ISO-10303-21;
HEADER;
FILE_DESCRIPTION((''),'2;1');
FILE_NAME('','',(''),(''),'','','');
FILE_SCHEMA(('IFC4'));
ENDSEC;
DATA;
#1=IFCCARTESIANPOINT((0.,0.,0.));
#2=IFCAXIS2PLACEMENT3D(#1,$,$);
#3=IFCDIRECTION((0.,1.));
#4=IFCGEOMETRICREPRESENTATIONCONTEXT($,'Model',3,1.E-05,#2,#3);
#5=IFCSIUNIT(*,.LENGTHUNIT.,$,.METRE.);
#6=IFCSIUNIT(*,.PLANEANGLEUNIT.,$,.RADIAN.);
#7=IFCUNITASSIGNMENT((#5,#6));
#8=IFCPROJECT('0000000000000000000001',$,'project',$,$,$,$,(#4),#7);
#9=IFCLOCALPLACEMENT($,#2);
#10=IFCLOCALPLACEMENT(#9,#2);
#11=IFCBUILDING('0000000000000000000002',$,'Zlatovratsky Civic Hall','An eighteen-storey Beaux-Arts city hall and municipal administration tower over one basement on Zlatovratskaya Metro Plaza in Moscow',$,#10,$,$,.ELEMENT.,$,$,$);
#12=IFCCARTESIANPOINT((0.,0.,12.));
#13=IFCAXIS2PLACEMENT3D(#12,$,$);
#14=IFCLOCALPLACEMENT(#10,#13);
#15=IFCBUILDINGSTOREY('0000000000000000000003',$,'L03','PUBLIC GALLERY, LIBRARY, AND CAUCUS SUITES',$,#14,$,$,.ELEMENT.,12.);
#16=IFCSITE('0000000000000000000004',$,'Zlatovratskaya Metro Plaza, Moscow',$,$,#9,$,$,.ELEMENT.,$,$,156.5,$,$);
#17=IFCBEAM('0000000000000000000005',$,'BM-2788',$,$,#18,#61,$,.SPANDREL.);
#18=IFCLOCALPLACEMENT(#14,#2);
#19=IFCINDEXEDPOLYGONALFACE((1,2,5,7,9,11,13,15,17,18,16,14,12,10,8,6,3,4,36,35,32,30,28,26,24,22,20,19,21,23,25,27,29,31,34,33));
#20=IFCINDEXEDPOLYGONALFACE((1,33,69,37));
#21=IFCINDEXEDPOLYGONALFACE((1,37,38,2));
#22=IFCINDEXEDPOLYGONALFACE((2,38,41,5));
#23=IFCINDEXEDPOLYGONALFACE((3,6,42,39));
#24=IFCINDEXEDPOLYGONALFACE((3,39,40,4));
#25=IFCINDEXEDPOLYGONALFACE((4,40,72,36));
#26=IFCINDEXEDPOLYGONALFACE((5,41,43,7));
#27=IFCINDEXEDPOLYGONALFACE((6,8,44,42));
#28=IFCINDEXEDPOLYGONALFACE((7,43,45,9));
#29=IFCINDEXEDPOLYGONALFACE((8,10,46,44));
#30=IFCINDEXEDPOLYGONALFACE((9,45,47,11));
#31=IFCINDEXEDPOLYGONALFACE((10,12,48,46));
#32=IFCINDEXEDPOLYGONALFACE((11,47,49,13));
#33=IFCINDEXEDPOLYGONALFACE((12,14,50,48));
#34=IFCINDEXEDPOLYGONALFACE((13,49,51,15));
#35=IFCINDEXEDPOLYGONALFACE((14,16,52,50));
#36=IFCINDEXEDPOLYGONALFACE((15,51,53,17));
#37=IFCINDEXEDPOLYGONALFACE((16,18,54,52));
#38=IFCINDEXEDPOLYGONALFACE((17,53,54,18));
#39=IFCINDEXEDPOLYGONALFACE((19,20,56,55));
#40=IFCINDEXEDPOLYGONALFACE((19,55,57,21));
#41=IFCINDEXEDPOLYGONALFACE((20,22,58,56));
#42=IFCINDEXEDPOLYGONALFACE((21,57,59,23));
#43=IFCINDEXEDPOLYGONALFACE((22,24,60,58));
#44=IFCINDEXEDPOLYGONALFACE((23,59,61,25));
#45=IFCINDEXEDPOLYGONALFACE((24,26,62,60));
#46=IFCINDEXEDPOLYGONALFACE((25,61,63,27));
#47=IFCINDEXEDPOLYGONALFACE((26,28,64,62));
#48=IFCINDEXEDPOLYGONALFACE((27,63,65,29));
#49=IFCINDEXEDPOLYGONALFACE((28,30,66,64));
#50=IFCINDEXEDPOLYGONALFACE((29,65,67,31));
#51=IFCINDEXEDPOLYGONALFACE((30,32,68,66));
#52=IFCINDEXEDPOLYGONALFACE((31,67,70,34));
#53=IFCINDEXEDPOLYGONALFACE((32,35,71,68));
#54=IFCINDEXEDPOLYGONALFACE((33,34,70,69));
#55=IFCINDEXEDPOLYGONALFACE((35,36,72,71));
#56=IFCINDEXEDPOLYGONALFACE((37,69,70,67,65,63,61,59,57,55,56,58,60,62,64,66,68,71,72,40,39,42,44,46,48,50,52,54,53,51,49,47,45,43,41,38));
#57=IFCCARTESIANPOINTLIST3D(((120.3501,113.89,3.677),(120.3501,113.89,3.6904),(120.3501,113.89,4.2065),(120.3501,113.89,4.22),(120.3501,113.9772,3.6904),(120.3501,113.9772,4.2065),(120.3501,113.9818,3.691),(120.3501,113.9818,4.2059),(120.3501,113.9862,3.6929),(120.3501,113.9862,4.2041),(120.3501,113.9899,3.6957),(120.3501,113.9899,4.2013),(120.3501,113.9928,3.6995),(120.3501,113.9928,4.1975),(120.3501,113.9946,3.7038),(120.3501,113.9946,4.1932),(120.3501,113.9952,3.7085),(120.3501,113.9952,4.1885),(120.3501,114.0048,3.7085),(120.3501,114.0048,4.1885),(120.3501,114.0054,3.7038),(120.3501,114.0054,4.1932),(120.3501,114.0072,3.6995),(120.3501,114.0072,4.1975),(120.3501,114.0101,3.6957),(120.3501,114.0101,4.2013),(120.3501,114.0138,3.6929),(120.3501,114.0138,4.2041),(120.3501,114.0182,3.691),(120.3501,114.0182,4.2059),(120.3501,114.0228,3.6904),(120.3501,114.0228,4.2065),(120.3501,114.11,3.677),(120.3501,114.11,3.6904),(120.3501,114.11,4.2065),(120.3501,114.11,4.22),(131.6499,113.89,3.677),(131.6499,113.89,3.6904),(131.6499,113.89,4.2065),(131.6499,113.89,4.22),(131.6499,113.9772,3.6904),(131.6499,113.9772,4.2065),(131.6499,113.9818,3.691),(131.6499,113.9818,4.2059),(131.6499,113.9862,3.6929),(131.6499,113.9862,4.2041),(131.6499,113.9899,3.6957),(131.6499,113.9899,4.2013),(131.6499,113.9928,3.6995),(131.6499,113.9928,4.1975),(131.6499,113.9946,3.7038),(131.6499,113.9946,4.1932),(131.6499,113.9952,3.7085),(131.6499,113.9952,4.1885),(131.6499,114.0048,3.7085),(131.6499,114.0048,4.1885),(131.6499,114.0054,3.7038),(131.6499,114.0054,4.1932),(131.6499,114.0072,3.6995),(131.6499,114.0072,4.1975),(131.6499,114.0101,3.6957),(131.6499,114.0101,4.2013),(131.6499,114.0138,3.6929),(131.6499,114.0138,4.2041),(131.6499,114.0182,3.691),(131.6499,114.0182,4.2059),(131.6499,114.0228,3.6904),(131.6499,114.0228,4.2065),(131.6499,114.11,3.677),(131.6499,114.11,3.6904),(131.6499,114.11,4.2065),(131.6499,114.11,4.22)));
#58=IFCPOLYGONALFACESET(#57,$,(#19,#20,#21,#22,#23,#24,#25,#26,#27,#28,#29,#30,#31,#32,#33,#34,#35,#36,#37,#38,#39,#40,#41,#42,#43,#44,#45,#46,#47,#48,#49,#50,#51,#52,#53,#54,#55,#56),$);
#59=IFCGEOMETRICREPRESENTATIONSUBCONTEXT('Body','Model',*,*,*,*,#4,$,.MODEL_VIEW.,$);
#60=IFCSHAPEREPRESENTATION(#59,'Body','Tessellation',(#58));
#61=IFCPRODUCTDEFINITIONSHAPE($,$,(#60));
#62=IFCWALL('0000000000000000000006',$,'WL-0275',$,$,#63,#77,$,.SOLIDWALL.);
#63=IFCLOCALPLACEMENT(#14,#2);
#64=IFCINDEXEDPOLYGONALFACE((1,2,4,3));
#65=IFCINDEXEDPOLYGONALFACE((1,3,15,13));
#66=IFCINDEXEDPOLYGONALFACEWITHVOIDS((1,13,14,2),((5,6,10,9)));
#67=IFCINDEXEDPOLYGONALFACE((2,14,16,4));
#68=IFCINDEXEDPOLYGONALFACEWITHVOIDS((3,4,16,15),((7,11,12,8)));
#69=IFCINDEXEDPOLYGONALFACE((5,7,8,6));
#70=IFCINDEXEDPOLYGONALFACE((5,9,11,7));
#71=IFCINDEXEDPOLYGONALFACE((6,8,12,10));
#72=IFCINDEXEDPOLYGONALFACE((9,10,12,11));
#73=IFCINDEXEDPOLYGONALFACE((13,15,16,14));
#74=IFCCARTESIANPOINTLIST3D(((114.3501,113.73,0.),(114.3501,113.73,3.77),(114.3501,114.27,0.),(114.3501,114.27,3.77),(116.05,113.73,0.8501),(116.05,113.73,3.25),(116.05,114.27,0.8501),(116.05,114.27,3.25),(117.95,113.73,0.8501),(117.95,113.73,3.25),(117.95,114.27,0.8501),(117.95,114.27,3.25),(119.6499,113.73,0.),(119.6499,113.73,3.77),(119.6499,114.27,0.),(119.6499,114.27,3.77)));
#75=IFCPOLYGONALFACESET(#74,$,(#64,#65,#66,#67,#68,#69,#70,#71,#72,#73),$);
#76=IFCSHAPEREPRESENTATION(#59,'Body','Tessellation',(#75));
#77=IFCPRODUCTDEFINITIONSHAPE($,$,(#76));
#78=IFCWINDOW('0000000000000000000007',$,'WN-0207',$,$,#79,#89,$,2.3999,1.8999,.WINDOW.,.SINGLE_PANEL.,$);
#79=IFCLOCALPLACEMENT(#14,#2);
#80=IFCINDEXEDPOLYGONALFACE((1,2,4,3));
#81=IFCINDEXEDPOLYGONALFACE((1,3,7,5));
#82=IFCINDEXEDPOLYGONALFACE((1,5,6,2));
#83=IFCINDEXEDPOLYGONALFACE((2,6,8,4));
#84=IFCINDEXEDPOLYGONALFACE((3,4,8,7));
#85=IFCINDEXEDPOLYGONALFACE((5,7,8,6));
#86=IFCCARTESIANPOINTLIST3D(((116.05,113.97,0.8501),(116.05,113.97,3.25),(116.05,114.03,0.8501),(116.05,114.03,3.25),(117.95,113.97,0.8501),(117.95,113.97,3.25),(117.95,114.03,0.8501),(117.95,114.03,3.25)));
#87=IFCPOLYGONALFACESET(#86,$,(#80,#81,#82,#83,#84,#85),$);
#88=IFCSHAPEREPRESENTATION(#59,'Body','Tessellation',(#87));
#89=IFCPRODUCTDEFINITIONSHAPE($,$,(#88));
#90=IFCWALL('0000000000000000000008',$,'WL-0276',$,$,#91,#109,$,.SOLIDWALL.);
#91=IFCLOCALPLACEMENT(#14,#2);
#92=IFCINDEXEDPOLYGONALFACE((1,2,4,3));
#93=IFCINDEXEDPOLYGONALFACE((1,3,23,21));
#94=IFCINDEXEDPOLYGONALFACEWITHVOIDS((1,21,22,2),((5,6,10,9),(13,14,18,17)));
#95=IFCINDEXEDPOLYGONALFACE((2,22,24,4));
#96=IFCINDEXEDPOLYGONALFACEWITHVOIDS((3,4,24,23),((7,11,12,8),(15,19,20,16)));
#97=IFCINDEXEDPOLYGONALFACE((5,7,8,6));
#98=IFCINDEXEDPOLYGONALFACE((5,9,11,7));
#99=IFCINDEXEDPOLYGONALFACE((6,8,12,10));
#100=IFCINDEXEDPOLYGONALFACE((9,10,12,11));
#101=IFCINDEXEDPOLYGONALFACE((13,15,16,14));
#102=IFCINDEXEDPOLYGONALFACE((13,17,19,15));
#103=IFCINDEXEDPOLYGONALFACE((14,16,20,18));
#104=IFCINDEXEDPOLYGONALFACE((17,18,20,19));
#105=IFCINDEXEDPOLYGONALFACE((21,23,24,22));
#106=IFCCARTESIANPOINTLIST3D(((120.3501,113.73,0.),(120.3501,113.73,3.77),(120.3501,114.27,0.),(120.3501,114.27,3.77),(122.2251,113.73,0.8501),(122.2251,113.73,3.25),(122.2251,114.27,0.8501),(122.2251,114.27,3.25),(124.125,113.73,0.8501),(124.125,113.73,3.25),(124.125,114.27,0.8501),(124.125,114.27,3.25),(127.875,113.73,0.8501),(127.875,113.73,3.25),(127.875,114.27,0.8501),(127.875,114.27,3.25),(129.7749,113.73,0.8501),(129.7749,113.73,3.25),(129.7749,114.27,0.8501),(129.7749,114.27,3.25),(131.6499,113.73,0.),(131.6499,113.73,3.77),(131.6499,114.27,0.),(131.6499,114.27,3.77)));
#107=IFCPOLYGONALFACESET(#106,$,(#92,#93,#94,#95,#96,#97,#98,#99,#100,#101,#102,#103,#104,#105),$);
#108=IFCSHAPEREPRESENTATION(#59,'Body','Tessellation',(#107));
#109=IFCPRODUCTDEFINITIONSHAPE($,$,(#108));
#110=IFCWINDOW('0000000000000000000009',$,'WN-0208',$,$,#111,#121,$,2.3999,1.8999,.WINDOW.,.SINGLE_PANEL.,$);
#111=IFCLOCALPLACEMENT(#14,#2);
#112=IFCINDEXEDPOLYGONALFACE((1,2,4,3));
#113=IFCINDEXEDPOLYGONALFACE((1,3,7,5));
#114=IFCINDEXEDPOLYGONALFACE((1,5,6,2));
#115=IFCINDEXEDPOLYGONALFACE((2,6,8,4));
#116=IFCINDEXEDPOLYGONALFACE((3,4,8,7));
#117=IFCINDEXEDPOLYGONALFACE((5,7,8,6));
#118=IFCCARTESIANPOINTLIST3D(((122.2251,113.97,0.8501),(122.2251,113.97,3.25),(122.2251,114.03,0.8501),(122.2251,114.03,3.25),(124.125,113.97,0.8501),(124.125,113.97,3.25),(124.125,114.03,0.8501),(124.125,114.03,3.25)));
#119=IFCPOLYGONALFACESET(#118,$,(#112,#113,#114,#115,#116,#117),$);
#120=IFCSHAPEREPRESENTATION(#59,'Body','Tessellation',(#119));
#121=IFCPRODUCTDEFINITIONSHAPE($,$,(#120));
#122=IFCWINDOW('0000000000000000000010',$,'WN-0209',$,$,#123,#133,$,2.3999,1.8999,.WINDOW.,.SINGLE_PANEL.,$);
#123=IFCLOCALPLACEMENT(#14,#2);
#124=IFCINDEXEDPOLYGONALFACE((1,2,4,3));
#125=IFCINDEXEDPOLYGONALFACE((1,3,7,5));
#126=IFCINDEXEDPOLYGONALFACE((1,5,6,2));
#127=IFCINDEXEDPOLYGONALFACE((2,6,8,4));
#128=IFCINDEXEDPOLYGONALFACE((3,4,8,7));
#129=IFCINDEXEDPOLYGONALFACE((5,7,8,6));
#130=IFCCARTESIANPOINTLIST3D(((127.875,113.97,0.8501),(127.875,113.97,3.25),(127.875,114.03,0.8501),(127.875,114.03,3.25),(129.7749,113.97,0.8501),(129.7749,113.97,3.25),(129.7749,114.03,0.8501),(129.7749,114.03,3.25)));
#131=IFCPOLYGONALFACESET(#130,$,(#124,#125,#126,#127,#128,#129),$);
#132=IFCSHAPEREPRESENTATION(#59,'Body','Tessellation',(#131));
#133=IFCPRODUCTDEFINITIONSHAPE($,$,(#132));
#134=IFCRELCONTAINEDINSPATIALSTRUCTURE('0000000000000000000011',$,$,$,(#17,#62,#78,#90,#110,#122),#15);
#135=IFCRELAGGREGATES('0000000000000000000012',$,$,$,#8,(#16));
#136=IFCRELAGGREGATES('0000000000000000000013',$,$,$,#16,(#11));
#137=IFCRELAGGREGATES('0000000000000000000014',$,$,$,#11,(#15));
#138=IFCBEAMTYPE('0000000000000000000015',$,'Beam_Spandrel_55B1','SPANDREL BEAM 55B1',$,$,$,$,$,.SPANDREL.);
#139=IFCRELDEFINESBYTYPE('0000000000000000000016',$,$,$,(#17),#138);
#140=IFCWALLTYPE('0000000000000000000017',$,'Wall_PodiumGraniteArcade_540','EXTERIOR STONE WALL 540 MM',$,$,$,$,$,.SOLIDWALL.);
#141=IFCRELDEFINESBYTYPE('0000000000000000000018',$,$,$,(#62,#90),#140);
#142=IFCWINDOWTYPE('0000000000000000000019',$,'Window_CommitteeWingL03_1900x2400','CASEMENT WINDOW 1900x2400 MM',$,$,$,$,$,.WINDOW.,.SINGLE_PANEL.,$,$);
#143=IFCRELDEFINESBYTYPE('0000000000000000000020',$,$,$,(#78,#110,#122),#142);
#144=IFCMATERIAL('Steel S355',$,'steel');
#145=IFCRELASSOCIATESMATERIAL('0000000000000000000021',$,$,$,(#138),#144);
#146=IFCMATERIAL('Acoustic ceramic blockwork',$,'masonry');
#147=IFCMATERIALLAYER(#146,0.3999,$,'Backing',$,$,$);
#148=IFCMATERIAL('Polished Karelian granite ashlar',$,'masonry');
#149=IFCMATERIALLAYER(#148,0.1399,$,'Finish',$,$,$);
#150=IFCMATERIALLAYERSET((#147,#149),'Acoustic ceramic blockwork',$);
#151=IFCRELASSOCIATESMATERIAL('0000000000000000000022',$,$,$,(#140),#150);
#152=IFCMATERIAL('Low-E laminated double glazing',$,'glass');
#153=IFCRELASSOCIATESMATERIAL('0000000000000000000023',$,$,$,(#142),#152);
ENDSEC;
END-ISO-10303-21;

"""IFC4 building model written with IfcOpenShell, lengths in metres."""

from ifc_helpers import new_model, si_unit, direction, frame, frame_2d, origin, origin_2d, place, context, subcontext, project, spatial, rectangle, i_section, extrude, material, layer, layer_set, material_profile, profile_set, type_object, element, fill, save


model = new_model("IFC4")

# Units and contexts
model_context = context("Model", 3, precision=1e-05, world=origin(), true_north=direction((0.0, 1.0)))
body_context = subcontext(model_context, "Body", "Model", "MODEL_VIEW")
ifc_project = project(units=[si_unit("LENGTHUNIT", "METRE"), si_unit("PLANEANGLEUNIT", "RADIAN")], contexts=[model_context])

# Site, building, storey
site_placement = place(None, origin())
site = spatial("IfcSite", under=ifc_project, at=site_placement, Name="Zlatovratskaya Metro Plaza, Moscow", CompositionType="ELEMENT", RefElevation=156.5)
building_placement = place(site_placement, origin())
building = spatial("IfcBuilding", under=site, at=building_placement, Name="Zlatovratsky Civic Hall", Description="An eighteen-storey Beaux-Arts city hall and municipal administration tower over one basement on Zlatovratskaya Metro Plaza in Moscow", CompositionType="ELEMENT")
storey_placement = place(building_placement, frame((0.0, 0.0, 12.0)))
storey = spatial("IfcBuildingStorey", under=building, at=storey_placement, Name="L03", Description="PUBLIC GALLERY, LIBRARY, AND CAUCUS SUITES", CompositionType="ELEMENT", Elevation=12.0)

# Shared definitions
ifc_material_1 = material(Name="Steel S355", Category="steel")

# Beam
ifc_material_profile_1 = material_profile(ifc_material_1, i_section(OverallWidth=0.22, OverallDepth=0.543, WebThickness=0.0095, FlangeThickness=0.0134, FilletRadius=0.0181, at=origin_2d()), Name="55B1")
ifc_profile_set_1 = profile_set([ifc_material_profile_1], Name="Steel S355")
beam_type_1 = type_object("IfcBeamType", Name="Beam_Spandrel_55B1", Description="SPANDREL BEAM 55B1", PredefinedType="SPANDREL", material=ifc_profile_set_1)
beam_1_placement = place(storey_placement, frame((120.3501, 114.0, 3.9485), z_axis=(1.0, 0.0, 0.0), x_axis=(0.0, 1.0, 0.0)))
element("IfcBeam", 1, at=beam_1_placement, inside=storey, type_object=beam_type_1, Name="BM-2788", PredefinedType="SPANDREL", context=body_context, shape_type="SweptSolid", body=[
    extrude(i_section(OverallWidth=0.22, OverallDepth=0.543, WebThickness=0.0095, FlangeThickness=0.0134, FilletRadius=0.0181, at=origin_2d()), origin(), (0.0, 0.0, 1.0), 11.2998),
])

# Wall, opening, window
ifc_material_2 = material(Name="Acoustic ceramic blockwork", Category="masonry")
ifc_layer_1 = layer(ifc_material_2, 0.3999, Name="Backing")
ifc_material_3 = material(Name="Polished Karelian granite ashlar", Category="masonry")
ifc_layer_2 = layer(ifc_material_3, 0.1399, Name="Finish")
ifc_layer_set = layer_set([ifc_layer_1, ifc_layer_2], Name="Acoustic ceramic blockwork")
wall_type = type_object("IfcWallType", Name="Wall_PodiumGraniteArcade_540", Description="EXTERIOR STONE WALL 540 MM", PredefinedType="SOLIDWALL", material=ifc_layer_set)
wall_1_placement = place(storey_placement, frame((114.3501, 114.0, 0.0), z_axis=(0.0, 0.0, 1.0), x_axis=(1.0, 0.0, 0.0)))
wall_1 = element("IfcWall", 2, at=wall_1_placement, inside=storey, type_object=wall_type, Name="WL-0275", PredefinedType="SOLIDWALL", context=body_context, shape_type="SweptSolid", body=[
    extrude(rectangle(XDim=5.2998, YDim=0.54, at=frame_2d((2.6499, 0.0))), origin(), (0.0, 0.0, 1.0), 3.77),
])
opening_1_placement = place(wall_1_placement, frame((1.7, 0.0, 0.8501)))
opening_1 = element("IfcOpeningElement", 3, at=opening_1_placement, cuts=wall_1, PredefinedType="OPENING", context=body_context, shape_type="SweptSolid", body=[
    extrude(rectangle(XDim=1.8999, YDim=2.3999, at=frame_2d((0.95, 1.2))), frame((0.0, 0.2849, 0.0), z_axis=(0.0, -1.0, 0.0), x_axis=(1.0, 0.0, 0.0)), (0.0, 0.0, 1.0), 0.5698),
])
ifc_material_4 = material(Name="Low-E laminated double glazing", Category="glass")
window_type = type_object("IfcWindowType", Name="Window_CommitteeWingL03_1900x2400", Description="CASEMENT WINDOW 1900x2400 MM", PartitioningType="SINGLE_PANEL", PredefinedType="WINDOW", material=ifc_material_4)
window_1_placement = place(opening_1_placement, origin())
window_1 = element("IfcWindow", 4, at=window_1_placement, inside=storey, type_object=window_type, Name="WN-0207", OverallHeight=2.3999, OverallWidth=1.8999, PartitioningType="SINGLE_PANEL", PredefinedType="WINDOW", context=body_context, shape_type="SweptSolid", body=[
    extrude(rectangle(XDim=1.8999, YDim=2.3999, at=frame_2d((0.95, 1.2))), frame((0.0, 0.03, 0.0), z_axis=(0.0, -1.0, 0.0), x_axis=(1.0, 0.0, 0.0)), (0.0, 0.0, 1.0), 0.0601),
])
fill(opening_1, window_1)

# Wall, openings, windows
wall_2_placement = place(storey_placement, frame((120.3501, 114.0, 0.0), z_axis=(0.0, 0.0, 1.0), x_axis=(1.0, 0.0, 0.0)))
wall_2 = element("IfcWall", 5, at=wall_2_placement, inside=storey, type_object=wall_type, Name="WL-0276", PredefinedType="SOLIDWALL", context=body_context, shape_type="SweptSolid", body=[
    extrude(rectangle(XDim=11.2998, YDim=0.54, at=frame_2d((5.6499, 0.0))), origin(), (0.0, 0.0, 1.0), 3.77),
])
opening_2_placement = place(wall_2_placement, frame((1.875, 0.0, 0.8501)))
opening_2 = element("IfcOpeningElement", 6, at=opening_2_placement, cuts=wall_2, PredefinedType="OPENING", context=body_context, shape_type="SweptSolid", body=[
    extrude(rectangle(XDim=1.8999, YDim=2.3999, at=frame_2d((0.95, 1.2))), frame((0.0, 0.2849, 0.0), z_axis=(0.0, -1.0, 0.0), x_axis=(1.0, 0.0, 0.0)), (0.0, 0.0, 1.0), 0.5698),
])
opening_3_placement = place(wall_2_placement, frame((7.5249, 0.0, 0.8501)))
opening_3 = element("IfcOpeningElement", 7, at=opening_3_placement, cuts=wall_2, PredefinedType="OPENING", context=body_context, shape_type="SweptSolid", body=[
    extrude(rectangle(XDim=1.8999, YDim=2.3999, at=frame_2d((0.95, 1.2))), frame((0.0, 0.2849, 0.0), z_axis=(0.0, -1.0, 0.0), x_axis=(1.0, 0.0, 0.0)), (0.0, 0.0, 1.0), 0.5698),
])
window_2_placement = place(opening_2_placement, origin())
window_2 = element("IfcWindow", 8, at=window_2_placement, inside=storey, type_object=window_type, Name="WN-0208", OverallHeight=2.3999, OverallWidth=1.8999, PartitioningType="SINGLE_PANEL", PredefinedType="WINDOW", context=body_context, shape_type="SweptSolid", body=[
    extrude(rectangle(XDim=1.8999, YDim=2.3999, at=frame_2d((0.95, 1.2))), frame((0.0, 0.03, 0.0), z_axis=(0.0, -1.0, 0.0), x_axis=(1.0, 0.0, 0.0)), (0.0, 0.0, 1.0), 0.0601),
])
fill(opening_2, window_2)
window_3_placement = place(opening_3_placement, origin())
window_3 = element("IfcWindow", 9, at=window_3_placement, inside=storey, type_object=window_type, Name="WN-0209", OverallHeight=2.3999, OverallWidth=1.8999, PartitioningType="SINGLE_PANEL", PredefinedType="WINDOW", context=body_context, shape_type="SweptSolid", body=[
    extrude(rectangle(XDim=1.8999, YDim=2.3999, at=frame_2d((0.95, 1.2))), frame((0.0, 0.03, 0.0), z_axis=(0.0, -1.0, 0.0), x_axis=(1.0, 0.0, 0.0)), (0.0, 0.0, 1.0), 0.0601),
])
fill(opening_3, window_3)

save(model, "model.ifc")
